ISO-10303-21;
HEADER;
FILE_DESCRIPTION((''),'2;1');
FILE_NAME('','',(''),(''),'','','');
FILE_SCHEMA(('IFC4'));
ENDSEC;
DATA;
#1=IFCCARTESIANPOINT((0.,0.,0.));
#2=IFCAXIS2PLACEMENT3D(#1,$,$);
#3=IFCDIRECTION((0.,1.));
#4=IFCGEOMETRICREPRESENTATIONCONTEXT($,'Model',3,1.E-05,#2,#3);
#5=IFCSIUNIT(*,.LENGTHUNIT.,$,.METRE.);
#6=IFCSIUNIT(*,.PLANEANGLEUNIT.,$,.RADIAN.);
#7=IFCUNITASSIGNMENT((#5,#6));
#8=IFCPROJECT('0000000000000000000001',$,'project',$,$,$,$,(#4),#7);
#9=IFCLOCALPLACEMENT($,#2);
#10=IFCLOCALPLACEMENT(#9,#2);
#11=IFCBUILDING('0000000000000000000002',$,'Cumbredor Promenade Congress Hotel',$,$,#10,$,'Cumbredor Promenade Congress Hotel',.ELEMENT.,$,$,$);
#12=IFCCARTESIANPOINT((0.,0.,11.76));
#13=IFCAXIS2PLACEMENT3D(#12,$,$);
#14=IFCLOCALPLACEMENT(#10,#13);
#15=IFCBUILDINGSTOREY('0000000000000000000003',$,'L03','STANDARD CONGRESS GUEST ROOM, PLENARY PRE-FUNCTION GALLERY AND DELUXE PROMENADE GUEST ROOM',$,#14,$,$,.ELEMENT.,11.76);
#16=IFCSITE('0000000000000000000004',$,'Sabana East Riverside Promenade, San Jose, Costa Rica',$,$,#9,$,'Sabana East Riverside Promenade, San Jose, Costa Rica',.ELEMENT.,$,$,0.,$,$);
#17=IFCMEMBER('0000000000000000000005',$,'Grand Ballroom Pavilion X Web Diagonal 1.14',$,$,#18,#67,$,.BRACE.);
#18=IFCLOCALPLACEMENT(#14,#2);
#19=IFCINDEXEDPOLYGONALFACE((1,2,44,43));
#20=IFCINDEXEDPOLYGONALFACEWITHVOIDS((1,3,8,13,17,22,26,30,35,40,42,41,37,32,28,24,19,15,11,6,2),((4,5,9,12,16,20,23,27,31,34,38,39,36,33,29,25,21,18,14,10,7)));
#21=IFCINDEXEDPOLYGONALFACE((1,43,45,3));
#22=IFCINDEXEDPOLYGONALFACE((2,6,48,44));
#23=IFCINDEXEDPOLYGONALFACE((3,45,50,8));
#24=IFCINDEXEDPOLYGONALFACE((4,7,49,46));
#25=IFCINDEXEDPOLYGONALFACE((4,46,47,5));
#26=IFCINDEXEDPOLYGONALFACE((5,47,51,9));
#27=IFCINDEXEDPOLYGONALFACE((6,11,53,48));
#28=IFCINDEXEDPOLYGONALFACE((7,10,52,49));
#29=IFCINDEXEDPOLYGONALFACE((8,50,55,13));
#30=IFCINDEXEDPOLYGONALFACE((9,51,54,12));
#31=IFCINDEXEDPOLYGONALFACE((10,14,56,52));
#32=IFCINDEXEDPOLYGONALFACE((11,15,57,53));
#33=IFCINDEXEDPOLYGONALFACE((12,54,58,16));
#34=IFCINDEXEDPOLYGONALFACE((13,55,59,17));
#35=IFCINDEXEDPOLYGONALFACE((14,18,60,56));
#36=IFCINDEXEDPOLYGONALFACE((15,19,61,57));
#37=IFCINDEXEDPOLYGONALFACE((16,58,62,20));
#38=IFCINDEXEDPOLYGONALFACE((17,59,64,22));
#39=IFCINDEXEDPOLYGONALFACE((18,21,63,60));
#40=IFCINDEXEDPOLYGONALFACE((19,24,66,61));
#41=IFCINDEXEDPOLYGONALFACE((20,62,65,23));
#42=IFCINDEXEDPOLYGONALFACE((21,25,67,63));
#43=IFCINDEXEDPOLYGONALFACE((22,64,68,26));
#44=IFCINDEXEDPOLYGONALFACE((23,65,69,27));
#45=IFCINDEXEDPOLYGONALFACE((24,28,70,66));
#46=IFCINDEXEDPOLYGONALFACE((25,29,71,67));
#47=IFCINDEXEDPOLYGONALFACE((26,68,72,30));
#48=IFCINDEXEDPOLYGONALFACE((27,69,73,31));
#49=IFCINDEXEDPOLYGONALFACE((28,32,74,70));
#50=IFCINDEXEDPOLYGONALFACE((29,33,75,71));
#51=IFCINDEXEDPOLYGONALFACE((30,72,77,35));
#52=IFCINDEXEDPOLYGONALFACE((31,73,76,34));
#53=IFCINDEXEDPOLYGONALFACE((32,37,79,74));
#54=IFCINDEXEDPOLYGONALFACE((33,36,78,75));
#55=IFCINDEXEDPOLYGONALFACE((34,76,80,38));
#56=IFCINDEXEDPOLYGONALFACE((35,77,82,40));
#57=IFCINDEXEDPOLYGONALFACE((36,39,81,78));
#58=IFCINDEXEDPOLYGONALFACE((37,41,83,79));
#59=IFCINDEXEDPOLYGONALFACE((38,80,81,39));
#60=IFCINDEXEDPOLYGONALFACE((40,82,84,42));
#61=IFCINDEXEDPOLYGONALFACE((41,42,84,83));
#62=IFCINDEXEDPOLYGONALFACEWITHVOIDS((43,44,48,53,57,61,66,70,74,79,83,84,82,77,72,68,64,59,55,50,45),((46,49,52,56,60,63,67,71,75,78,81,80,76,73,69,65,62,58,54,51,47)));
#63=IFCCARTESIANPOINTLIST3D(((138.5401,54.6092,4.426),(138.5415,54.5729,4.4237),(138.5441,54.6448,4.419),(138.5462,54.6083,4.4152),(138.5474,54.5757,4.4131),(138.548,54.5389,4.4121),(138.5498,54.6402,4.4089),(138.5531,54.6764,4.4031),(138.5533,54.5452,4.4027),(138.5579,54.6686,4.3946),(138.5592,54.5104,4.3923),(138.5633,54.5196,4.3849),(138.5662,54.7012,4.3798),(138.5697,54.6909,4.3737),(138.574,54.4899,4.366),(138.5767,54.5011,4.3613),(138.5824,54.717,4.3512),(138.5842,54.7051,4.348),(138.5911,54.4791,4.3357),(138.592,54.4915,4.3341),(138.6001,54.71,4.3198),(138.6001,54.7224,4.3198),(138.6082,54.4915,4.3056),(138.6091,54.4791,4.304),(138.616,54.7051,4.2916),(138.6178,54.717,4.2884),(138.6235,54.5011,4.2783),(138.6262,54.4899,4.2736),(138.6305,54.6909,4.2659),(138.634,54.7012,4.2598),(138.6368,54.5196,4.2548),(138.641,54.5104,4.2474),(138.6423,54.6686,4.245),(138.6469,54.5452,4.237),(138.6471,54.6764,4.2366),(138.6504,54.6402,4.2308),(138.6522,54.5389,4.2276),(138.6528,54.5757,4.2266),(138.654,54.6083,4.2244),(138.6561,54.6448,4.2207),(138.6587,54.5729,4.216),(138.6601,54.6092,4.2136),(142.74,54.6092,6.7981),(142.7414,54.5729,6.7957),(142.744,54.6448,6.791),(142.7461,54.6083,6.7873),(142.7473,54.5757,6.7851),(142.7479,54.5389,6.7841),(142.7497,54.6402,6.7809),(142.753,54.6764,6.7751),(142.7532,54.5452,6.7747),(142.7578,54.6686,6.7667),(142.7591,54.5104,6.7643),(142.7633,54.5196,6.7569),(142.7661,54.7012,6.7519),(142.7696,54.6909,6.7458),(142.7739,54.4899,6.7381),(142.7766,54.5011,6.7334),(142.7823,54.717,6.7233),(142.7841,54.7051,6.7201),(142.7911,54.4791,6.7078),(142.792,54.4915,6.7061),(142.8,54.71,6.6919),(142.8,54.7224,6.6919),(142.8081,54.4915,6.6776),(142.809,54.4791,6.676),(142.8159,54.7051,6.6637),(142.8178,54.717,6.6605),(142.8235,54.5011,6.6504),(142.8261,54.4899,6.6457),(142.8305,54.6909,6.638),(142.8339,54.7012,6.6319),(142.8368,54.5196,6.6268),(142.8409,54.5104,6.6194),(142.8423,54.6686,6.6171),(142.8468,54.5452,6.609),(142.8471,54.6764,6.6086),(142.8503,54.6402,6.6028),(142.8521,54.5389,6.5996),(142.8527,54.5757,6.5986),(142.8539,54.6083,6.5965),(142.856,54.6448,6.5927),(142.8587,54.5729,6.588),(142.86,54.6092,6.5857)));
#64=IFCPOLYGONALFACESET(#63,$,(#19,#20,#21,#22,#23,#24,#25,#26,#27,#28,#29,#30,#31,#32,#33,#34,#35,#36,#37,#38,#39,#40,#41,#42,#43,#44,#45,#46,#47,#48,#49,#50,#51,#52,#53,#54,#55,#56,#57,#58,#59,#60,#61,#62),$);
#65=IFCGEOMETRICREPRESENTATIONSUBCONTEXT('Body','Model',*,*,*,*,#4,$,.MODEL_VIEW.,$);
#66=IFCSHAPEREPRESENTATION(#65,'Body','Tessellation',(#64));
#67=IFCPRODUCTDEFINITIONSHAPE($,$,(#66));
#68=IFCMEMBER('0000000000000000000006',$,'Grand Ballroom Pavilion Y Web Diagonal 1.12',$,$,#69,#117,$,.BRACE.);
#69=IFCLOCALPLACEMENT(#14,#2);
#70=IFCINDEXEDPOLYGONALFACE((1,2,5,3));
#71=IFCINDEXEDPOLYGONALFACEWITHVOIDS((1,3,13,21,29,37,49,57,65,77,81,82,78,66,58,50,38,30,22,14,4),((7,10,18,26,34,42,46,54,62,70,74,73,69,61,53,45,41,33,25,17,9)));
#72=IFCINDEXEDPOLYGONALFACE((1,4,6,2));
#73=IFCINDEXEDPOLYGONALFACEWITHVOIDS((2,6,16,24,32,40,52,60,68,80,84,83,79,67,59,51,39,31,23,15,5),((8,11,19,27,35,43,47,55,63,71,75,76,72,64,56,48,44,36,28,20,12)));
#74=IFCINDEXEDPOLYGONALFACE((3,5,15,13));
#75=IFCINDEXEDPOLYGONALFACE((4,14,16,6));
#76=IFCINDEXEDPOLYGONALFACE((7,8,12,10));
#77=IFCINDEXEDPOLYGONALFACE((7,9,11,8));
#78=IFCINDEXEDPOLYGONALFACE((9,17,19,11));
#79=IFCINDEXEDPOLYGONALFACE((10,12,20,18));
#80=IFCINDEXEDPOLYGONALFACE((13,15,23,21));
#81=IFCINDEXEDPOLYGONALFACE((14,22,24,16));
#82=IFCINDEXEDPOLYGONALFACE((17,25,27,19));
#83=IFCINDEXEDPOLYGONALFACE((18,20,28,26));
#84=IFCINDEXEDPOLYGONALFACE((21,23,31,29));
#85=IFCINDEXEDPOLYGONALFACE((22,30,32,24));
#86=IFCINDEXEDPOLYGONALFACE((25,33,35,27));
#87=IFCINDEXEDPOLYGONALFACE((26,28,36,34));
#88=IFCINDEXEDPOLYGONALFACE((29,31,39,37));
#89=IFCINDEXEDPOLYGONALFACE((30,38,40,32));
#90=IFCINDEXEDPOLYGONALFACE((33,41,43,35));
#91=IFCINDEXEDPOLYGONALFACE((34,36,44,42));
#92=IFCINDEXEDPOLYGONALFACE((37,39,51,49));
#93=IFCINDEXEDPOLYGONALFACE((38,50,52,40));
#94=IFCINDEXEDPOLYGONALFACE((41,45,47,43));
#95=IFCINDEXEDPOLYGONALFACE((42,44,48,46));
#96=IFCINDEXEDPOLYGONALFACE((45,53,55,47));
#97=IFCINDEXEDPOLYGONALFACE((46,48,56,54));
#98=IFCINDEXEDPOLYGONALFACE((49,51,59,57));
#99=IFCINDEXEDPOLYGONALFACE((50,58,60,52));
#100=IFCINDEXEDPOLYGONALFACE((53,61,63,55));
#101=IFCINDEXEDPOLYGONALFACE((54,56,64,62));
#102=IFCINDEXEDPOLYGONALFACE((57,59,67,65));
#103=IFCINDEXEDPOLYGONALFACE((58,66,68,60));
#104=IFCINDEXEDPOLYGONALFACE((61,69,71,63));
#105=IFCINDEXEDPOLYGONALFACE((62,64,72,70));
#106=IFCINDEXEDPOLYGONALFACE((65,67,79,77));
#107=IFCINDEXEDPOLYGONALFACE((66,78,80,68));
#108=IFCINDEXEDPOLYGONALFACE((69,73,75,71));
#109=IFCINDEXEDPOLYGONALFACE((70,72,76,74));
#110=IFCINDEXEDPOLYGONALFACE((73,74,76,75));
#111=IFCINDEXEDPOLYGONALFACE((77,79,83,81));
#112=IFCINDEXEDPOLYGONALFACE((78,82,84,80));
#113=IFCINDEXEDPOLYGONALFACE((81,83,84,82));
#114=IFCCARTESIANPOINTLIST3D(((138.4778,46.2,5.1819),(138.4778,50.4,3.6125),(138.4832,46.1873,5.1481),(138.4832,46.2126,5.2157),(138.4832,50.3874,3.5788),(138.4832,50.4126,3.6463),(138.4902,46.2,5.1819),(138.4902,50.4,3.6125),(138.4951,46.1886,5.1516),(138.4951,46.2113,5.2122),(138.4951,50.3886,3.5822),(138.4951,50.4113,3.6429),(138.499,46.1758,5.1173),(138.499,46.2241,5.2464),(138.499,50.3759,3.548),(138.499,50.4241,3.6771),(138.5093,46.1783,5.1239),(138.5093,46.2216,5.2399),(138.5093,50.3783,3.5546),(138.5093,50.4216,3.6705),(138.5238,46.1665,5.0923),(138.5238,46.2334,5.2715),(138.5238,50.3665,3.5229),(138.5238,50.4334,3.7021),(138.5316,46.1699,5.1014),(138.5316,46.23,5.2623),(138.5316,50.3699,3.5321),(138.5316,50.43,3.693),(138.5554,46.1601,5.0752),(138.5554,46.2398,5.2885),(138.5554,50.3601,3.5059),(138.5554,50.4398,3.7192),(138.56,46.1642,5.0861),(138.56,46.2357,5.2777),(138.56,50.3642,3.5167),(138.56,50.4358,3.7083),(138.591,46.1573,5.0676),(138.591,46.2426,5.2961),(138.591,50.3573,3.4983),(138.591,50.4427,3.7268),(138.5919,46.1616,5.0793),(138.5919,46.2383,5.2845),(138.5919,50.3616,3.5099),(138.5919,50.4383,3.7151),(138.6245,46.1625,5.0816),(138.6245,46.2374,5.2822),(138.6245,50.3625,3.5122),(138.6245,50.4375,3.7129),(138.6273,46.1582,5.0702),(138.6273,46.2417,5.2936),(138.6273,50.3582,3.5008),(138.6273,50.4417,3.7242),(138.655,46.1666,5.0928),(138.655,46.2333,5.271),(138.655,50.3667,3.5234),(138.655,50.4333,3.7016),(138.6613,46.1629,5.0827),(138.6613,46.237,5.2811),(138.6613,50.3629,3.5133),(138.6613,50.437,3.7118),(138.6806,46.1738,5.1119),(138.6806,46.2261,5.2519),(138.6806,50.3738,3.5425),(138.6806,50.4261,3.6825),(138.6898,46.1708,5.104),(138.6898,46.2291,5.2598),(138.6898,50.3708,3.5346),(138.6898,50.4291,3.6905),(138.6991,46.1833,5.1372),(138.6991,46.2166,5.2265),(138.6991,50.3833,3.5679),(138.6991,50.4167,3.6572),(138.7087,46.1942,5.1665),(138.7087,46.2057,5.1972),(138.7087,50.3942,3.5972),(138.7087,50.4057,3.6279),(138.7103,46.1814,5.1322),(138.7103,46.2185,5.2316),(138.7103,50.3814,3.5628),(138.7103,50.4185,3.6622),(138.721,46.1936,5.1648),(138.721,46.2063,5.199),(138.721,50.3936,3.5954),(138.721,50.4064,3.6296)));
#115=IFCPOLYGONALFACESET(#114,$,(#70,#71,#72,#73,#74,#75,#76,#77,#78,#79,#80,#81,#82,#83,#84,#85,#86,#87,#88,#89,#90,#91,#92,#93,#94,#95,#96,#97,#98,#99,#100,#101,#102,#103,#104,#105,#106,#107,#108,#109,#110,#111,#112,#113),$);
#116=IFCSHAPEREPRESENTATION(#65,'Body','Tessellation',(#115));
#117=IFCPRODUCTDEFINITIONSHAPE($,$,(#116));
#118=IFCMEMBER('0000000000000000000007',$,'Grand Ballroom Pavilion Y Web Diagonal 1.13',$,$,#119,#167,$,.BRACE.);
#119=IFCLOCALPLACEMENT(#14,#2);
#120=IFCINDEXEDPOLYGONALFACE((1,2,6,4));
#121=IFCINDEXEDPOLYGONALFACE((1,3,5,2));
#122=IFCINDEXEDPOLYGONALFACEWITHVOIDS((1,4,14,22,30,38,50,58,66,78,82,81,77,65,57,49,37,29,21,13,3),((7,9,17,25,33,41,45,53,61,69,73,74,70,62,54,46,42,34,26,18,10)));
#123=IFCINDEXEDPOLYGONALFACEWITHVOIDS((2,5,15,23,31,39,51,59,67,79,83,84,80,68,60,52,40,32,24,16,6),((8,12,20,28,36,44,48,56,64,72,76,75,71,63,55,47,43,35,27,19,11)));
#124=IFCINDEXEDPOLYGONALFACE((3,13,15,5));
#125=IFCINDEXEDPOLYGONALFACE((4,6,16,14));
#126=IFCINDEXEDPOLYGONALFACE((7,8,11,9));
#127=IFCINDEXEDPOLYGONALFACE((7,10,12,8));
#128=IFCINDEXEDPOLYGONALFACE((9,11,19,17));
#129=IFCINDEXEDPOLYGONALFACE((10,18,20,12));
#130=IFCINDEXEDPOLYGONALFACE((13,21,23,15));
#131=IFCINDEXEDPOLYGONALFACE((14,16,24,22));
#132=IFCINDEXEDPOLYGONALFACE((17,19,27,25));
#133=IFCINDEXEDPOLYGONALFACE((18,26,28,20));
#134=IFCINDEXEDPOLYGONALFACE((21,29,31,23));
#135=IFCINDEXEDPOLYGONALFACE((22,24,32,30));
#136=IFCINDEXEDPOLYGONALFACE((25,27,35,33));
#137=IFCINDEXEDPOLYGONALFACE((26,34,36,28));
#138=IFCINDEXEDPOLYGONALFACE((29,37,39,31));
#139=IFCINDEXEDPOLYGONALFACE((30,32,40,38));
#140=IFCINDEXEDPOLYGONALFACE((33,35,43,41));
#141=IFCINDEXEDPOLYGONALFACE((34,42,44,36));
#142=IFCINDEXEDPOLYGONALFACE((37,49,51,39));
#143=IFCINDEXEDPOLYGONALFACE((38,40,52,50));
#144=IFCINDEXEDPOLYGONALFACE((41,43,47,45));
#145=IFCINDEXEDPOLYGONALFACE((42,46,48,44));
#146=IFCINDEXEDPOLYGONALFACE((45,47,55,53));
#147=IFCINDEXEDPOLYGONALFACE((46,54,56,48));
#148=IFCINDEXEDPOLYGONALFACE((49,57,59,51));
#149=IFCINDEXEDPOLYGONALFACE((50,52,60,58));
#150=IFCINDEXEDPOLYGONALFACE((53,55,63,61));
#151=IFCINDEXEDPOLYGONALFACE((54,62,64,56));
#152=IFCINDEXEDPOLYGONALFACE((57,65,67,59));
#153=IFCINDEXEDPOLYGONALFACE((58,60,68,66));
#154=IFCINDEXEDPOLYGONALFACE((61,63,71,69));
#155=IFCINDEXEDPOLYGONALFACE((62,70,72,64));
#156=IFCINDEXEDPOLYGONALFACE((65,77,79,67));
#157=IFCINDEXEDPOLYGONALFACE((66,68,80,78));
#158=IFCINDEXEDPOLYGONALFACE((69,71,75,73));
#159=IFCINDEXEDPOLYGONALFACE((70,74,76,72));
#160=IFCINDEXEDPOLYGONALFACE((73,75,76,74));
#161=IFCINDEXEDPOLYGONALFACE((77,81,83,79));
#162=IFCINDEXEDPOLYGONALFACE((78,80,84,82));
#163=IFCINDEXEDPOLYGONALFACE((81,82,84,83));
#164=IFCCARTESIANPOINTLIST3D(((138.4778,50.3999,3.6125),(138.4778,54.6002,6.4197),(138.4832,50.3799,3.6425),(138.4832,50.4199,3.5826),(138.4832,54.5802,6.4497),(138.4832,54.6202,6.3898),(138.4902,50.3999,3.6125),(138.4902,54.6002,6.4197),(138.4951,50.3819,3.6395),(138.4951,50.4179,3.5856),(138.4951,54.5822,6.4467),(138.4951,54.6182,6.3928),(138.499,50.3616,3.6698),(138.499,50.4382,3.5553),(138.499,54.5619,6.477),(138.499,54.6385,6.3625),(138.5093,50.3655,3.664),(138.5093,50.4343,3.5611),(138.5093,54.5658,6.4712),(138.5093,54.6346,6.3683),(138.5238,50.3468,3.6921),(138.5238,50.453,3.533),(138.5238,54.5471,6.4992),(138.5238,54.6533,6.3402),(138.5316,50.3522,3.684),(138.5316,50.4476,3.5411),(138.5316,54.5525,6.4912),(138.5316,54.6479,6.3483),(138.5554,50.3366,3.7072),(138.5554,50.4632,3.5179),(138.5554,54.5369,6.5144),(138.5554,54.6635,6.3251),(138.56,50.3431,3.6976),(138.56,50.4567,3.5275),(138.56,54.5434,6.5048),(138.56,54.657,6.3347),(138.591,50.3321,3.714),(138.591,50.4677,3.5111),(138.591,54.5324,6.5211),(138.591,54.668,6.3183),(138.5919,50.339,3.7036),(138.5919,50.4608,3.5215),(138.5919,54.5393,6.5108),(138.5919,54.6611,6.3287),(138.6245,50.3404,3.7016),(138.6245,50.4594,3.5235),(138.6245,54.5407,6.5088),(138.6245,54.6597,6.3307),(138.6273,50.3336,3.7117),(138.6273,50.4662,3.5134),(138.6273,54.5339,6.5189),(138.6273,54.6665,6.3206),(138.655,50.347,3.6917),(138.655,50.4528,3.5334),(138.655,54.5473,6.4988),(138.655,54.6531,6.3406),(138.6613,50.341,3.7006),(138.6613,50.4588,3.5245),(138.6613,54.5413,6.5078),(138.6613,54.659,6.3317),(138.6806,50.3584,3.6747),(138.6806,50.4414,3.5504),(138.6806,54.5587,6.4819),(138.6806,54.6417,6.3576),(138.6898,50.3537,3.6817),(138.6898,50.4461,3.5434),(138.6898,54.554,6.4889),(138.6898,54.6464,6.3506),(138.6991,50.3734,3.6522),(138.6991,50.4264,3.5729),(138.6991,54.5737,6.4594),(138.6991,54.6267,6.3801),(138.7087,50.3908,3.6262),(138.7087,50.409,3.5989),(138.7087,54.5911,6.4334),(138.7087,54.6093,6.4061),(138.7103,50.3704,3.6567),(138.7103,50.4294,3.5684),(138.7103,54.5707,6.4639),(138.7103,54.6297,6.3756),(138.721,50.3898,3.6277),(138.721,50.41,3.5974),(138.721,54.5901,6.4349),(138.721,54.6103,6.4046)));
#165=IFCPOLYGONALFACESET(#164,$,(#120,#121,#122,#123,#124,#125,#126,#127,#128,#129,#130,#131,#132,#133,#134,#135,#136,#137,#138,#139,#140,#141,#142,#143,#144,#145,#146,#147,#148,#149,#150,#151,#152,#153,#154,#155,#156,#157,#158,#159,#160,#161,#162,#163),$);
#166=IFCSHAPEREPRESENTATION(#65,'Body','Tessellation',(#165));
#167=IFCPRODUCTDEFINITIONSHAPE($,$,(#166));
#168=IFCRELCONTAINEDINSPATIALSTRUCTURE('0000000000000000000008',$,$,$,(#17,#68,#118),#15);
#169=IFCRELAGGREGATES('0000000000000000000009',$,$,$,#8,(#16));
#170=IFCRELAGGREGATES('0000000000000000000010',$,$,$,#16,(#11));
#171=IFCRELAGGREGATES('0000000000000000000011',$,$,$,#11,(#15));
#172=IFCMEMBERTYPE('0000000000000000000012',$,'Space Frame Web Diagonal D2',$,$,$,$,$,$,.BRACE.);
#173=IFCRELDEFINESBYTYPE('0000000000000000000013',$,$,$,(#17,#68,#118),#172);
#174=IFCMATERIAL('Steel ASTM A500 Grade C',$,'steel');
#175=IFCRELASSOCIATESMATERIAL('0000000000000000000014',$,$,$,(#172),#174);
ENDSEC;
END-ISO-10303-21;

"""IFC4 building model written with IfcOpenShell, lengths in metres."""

from ifc_helpers import new_model, si_unit, direction, frame, origin, origin_2d, place, context, subcontext, project, spatial, hollow_circle, extrude, material, material_profile, profile_set, type_object, element, save


model = new_model("IFC4")

# Units and contexts
model_context = context("Model", 3, precision=1e-05, world=origin(), true_north=direction((0.0, 1.0)))
body_context = subcontext(model_context, "Body", "Model", "MODEL_VIEW")
ifc_project = project(units=[si_unit("LENGTHUNIT", "METRE"), si_unit("PLANEANGLEUNIT", "RADIAN")], contexts=[model_context])

# Site, building, storey
site_placement = place(None, origin())
site = spatial("IfcSite", under=ifc_project, at=site_placement, Name="Sabana East Riverside Promenade, San Jose, Costa Rica", LongName="Sabana East Riverside Promenade, San Jose, Costa Rica", CompositionType="ELEMENT", RefElevation=0.0)
building_placement = place(site_placement, origin())
building = spatial("IfcBuilding", under=site, at=building_placement, Name="Cumbredor Promenade Congress Hotel", LongName="Cumbredor Promenade Congress Hotel", CompositionType="ELEMENT")
storey_placement = place(building_placement, frame((0.0, 0.0, 11.76)))
storey = spatial("IfcBuildingStorey", under=building, at=storey_placement, Name="L03", Description="STANDARD CONGRESS GUEST ROOM, PLENARY PRE-FUNCTION GALLERY AND DELUXE PROMENADE GUEST ROOM", CompositionType="ELEMENT", Elevation=11.76)

# Members
ifc_material_1 = material(Name="Steel ASTM A500 Grade C", Category="steel")
ifc_material_profile_1 = material_profile(ifc_material_1, hollow_circle(Radius=0.1223, WallThickness=0.0125, at=origin_2d()), Name="CHS 244.5x12.5")
ifc_profile_set_1 = profile_set([ifc_material_profile_1], Name="Steel ASTM A500 Grade C")
member_type_1 = type_object("IfcMemberType", Name="Space Frame Web Diagonal D2", PredefinedType="BRACE", material=ifc_profile_set_1)
member_1_placement = place(storey_placement, frame((138.6001, 54.6001, 4.3198), z_axis=(0.870724, 0.0, 0.491772), x_axis=(0.0, 1.0, 0.0)))
element("IfcMember", 1, at=member_1_placement, inside=storey, type_object=member_type_1, Name="Grand Ballroom Pavilion X Web Diagonal 1.14", PredefinedType="BRACE", context=body_context, shape_type="SweptSolid", body=[
    extrude(hollow_circle(Radius=0.1223, WallThickness=0.0125, at=origin_2d()), origin(), (0.0, 0.0, 1.0), 4.8235),
])
member_2_placement = place(storey_placement, frame((138.6001, 46.2, 5.1819), z_axis=(0.0, 0.936743, -0.350019), x_axis=(-1.0, 0.0, 0.0)))
element("IfcMember", 2, at=member_2_placement, inside=storey, type_object=member_type_1, Name="Grand Ballroom Pavilion Y Web Diagonal 1.12", PredefinedType="BRACE", context=body_context, shape_type="SweptSolid", body=[
    extrude(hollow_circle(Radius=0.1223, WallThickness=0.0125, at=origin_2d()), origin(), (0.0, 0.0, 1.0), 4.4836),
])
member_3_placement = place(storey_placement, frame((138.6001, 50.3999, 3.6125), z_axis=(0.0, 0.83141, 0.555659), x_axis=(-1.0, 0.0, 0.0)))
element("IfcMember", 3, at=member_3_placement, inside=storey, type_object=member_type_1, Name="Grand Ballroom Pavilion Y Web Diagonal 1.13", PredefinedType="BRACE", context=body_context, shape_type="SweptSolid", body=[
    extrude(hollow_circle(Radius=0.1223, WallThickness=0.0125, at=origin_2d()), origin(), (0.0, 0.0, 1.0), 5.052),
])

save(model, "model.ifc")
